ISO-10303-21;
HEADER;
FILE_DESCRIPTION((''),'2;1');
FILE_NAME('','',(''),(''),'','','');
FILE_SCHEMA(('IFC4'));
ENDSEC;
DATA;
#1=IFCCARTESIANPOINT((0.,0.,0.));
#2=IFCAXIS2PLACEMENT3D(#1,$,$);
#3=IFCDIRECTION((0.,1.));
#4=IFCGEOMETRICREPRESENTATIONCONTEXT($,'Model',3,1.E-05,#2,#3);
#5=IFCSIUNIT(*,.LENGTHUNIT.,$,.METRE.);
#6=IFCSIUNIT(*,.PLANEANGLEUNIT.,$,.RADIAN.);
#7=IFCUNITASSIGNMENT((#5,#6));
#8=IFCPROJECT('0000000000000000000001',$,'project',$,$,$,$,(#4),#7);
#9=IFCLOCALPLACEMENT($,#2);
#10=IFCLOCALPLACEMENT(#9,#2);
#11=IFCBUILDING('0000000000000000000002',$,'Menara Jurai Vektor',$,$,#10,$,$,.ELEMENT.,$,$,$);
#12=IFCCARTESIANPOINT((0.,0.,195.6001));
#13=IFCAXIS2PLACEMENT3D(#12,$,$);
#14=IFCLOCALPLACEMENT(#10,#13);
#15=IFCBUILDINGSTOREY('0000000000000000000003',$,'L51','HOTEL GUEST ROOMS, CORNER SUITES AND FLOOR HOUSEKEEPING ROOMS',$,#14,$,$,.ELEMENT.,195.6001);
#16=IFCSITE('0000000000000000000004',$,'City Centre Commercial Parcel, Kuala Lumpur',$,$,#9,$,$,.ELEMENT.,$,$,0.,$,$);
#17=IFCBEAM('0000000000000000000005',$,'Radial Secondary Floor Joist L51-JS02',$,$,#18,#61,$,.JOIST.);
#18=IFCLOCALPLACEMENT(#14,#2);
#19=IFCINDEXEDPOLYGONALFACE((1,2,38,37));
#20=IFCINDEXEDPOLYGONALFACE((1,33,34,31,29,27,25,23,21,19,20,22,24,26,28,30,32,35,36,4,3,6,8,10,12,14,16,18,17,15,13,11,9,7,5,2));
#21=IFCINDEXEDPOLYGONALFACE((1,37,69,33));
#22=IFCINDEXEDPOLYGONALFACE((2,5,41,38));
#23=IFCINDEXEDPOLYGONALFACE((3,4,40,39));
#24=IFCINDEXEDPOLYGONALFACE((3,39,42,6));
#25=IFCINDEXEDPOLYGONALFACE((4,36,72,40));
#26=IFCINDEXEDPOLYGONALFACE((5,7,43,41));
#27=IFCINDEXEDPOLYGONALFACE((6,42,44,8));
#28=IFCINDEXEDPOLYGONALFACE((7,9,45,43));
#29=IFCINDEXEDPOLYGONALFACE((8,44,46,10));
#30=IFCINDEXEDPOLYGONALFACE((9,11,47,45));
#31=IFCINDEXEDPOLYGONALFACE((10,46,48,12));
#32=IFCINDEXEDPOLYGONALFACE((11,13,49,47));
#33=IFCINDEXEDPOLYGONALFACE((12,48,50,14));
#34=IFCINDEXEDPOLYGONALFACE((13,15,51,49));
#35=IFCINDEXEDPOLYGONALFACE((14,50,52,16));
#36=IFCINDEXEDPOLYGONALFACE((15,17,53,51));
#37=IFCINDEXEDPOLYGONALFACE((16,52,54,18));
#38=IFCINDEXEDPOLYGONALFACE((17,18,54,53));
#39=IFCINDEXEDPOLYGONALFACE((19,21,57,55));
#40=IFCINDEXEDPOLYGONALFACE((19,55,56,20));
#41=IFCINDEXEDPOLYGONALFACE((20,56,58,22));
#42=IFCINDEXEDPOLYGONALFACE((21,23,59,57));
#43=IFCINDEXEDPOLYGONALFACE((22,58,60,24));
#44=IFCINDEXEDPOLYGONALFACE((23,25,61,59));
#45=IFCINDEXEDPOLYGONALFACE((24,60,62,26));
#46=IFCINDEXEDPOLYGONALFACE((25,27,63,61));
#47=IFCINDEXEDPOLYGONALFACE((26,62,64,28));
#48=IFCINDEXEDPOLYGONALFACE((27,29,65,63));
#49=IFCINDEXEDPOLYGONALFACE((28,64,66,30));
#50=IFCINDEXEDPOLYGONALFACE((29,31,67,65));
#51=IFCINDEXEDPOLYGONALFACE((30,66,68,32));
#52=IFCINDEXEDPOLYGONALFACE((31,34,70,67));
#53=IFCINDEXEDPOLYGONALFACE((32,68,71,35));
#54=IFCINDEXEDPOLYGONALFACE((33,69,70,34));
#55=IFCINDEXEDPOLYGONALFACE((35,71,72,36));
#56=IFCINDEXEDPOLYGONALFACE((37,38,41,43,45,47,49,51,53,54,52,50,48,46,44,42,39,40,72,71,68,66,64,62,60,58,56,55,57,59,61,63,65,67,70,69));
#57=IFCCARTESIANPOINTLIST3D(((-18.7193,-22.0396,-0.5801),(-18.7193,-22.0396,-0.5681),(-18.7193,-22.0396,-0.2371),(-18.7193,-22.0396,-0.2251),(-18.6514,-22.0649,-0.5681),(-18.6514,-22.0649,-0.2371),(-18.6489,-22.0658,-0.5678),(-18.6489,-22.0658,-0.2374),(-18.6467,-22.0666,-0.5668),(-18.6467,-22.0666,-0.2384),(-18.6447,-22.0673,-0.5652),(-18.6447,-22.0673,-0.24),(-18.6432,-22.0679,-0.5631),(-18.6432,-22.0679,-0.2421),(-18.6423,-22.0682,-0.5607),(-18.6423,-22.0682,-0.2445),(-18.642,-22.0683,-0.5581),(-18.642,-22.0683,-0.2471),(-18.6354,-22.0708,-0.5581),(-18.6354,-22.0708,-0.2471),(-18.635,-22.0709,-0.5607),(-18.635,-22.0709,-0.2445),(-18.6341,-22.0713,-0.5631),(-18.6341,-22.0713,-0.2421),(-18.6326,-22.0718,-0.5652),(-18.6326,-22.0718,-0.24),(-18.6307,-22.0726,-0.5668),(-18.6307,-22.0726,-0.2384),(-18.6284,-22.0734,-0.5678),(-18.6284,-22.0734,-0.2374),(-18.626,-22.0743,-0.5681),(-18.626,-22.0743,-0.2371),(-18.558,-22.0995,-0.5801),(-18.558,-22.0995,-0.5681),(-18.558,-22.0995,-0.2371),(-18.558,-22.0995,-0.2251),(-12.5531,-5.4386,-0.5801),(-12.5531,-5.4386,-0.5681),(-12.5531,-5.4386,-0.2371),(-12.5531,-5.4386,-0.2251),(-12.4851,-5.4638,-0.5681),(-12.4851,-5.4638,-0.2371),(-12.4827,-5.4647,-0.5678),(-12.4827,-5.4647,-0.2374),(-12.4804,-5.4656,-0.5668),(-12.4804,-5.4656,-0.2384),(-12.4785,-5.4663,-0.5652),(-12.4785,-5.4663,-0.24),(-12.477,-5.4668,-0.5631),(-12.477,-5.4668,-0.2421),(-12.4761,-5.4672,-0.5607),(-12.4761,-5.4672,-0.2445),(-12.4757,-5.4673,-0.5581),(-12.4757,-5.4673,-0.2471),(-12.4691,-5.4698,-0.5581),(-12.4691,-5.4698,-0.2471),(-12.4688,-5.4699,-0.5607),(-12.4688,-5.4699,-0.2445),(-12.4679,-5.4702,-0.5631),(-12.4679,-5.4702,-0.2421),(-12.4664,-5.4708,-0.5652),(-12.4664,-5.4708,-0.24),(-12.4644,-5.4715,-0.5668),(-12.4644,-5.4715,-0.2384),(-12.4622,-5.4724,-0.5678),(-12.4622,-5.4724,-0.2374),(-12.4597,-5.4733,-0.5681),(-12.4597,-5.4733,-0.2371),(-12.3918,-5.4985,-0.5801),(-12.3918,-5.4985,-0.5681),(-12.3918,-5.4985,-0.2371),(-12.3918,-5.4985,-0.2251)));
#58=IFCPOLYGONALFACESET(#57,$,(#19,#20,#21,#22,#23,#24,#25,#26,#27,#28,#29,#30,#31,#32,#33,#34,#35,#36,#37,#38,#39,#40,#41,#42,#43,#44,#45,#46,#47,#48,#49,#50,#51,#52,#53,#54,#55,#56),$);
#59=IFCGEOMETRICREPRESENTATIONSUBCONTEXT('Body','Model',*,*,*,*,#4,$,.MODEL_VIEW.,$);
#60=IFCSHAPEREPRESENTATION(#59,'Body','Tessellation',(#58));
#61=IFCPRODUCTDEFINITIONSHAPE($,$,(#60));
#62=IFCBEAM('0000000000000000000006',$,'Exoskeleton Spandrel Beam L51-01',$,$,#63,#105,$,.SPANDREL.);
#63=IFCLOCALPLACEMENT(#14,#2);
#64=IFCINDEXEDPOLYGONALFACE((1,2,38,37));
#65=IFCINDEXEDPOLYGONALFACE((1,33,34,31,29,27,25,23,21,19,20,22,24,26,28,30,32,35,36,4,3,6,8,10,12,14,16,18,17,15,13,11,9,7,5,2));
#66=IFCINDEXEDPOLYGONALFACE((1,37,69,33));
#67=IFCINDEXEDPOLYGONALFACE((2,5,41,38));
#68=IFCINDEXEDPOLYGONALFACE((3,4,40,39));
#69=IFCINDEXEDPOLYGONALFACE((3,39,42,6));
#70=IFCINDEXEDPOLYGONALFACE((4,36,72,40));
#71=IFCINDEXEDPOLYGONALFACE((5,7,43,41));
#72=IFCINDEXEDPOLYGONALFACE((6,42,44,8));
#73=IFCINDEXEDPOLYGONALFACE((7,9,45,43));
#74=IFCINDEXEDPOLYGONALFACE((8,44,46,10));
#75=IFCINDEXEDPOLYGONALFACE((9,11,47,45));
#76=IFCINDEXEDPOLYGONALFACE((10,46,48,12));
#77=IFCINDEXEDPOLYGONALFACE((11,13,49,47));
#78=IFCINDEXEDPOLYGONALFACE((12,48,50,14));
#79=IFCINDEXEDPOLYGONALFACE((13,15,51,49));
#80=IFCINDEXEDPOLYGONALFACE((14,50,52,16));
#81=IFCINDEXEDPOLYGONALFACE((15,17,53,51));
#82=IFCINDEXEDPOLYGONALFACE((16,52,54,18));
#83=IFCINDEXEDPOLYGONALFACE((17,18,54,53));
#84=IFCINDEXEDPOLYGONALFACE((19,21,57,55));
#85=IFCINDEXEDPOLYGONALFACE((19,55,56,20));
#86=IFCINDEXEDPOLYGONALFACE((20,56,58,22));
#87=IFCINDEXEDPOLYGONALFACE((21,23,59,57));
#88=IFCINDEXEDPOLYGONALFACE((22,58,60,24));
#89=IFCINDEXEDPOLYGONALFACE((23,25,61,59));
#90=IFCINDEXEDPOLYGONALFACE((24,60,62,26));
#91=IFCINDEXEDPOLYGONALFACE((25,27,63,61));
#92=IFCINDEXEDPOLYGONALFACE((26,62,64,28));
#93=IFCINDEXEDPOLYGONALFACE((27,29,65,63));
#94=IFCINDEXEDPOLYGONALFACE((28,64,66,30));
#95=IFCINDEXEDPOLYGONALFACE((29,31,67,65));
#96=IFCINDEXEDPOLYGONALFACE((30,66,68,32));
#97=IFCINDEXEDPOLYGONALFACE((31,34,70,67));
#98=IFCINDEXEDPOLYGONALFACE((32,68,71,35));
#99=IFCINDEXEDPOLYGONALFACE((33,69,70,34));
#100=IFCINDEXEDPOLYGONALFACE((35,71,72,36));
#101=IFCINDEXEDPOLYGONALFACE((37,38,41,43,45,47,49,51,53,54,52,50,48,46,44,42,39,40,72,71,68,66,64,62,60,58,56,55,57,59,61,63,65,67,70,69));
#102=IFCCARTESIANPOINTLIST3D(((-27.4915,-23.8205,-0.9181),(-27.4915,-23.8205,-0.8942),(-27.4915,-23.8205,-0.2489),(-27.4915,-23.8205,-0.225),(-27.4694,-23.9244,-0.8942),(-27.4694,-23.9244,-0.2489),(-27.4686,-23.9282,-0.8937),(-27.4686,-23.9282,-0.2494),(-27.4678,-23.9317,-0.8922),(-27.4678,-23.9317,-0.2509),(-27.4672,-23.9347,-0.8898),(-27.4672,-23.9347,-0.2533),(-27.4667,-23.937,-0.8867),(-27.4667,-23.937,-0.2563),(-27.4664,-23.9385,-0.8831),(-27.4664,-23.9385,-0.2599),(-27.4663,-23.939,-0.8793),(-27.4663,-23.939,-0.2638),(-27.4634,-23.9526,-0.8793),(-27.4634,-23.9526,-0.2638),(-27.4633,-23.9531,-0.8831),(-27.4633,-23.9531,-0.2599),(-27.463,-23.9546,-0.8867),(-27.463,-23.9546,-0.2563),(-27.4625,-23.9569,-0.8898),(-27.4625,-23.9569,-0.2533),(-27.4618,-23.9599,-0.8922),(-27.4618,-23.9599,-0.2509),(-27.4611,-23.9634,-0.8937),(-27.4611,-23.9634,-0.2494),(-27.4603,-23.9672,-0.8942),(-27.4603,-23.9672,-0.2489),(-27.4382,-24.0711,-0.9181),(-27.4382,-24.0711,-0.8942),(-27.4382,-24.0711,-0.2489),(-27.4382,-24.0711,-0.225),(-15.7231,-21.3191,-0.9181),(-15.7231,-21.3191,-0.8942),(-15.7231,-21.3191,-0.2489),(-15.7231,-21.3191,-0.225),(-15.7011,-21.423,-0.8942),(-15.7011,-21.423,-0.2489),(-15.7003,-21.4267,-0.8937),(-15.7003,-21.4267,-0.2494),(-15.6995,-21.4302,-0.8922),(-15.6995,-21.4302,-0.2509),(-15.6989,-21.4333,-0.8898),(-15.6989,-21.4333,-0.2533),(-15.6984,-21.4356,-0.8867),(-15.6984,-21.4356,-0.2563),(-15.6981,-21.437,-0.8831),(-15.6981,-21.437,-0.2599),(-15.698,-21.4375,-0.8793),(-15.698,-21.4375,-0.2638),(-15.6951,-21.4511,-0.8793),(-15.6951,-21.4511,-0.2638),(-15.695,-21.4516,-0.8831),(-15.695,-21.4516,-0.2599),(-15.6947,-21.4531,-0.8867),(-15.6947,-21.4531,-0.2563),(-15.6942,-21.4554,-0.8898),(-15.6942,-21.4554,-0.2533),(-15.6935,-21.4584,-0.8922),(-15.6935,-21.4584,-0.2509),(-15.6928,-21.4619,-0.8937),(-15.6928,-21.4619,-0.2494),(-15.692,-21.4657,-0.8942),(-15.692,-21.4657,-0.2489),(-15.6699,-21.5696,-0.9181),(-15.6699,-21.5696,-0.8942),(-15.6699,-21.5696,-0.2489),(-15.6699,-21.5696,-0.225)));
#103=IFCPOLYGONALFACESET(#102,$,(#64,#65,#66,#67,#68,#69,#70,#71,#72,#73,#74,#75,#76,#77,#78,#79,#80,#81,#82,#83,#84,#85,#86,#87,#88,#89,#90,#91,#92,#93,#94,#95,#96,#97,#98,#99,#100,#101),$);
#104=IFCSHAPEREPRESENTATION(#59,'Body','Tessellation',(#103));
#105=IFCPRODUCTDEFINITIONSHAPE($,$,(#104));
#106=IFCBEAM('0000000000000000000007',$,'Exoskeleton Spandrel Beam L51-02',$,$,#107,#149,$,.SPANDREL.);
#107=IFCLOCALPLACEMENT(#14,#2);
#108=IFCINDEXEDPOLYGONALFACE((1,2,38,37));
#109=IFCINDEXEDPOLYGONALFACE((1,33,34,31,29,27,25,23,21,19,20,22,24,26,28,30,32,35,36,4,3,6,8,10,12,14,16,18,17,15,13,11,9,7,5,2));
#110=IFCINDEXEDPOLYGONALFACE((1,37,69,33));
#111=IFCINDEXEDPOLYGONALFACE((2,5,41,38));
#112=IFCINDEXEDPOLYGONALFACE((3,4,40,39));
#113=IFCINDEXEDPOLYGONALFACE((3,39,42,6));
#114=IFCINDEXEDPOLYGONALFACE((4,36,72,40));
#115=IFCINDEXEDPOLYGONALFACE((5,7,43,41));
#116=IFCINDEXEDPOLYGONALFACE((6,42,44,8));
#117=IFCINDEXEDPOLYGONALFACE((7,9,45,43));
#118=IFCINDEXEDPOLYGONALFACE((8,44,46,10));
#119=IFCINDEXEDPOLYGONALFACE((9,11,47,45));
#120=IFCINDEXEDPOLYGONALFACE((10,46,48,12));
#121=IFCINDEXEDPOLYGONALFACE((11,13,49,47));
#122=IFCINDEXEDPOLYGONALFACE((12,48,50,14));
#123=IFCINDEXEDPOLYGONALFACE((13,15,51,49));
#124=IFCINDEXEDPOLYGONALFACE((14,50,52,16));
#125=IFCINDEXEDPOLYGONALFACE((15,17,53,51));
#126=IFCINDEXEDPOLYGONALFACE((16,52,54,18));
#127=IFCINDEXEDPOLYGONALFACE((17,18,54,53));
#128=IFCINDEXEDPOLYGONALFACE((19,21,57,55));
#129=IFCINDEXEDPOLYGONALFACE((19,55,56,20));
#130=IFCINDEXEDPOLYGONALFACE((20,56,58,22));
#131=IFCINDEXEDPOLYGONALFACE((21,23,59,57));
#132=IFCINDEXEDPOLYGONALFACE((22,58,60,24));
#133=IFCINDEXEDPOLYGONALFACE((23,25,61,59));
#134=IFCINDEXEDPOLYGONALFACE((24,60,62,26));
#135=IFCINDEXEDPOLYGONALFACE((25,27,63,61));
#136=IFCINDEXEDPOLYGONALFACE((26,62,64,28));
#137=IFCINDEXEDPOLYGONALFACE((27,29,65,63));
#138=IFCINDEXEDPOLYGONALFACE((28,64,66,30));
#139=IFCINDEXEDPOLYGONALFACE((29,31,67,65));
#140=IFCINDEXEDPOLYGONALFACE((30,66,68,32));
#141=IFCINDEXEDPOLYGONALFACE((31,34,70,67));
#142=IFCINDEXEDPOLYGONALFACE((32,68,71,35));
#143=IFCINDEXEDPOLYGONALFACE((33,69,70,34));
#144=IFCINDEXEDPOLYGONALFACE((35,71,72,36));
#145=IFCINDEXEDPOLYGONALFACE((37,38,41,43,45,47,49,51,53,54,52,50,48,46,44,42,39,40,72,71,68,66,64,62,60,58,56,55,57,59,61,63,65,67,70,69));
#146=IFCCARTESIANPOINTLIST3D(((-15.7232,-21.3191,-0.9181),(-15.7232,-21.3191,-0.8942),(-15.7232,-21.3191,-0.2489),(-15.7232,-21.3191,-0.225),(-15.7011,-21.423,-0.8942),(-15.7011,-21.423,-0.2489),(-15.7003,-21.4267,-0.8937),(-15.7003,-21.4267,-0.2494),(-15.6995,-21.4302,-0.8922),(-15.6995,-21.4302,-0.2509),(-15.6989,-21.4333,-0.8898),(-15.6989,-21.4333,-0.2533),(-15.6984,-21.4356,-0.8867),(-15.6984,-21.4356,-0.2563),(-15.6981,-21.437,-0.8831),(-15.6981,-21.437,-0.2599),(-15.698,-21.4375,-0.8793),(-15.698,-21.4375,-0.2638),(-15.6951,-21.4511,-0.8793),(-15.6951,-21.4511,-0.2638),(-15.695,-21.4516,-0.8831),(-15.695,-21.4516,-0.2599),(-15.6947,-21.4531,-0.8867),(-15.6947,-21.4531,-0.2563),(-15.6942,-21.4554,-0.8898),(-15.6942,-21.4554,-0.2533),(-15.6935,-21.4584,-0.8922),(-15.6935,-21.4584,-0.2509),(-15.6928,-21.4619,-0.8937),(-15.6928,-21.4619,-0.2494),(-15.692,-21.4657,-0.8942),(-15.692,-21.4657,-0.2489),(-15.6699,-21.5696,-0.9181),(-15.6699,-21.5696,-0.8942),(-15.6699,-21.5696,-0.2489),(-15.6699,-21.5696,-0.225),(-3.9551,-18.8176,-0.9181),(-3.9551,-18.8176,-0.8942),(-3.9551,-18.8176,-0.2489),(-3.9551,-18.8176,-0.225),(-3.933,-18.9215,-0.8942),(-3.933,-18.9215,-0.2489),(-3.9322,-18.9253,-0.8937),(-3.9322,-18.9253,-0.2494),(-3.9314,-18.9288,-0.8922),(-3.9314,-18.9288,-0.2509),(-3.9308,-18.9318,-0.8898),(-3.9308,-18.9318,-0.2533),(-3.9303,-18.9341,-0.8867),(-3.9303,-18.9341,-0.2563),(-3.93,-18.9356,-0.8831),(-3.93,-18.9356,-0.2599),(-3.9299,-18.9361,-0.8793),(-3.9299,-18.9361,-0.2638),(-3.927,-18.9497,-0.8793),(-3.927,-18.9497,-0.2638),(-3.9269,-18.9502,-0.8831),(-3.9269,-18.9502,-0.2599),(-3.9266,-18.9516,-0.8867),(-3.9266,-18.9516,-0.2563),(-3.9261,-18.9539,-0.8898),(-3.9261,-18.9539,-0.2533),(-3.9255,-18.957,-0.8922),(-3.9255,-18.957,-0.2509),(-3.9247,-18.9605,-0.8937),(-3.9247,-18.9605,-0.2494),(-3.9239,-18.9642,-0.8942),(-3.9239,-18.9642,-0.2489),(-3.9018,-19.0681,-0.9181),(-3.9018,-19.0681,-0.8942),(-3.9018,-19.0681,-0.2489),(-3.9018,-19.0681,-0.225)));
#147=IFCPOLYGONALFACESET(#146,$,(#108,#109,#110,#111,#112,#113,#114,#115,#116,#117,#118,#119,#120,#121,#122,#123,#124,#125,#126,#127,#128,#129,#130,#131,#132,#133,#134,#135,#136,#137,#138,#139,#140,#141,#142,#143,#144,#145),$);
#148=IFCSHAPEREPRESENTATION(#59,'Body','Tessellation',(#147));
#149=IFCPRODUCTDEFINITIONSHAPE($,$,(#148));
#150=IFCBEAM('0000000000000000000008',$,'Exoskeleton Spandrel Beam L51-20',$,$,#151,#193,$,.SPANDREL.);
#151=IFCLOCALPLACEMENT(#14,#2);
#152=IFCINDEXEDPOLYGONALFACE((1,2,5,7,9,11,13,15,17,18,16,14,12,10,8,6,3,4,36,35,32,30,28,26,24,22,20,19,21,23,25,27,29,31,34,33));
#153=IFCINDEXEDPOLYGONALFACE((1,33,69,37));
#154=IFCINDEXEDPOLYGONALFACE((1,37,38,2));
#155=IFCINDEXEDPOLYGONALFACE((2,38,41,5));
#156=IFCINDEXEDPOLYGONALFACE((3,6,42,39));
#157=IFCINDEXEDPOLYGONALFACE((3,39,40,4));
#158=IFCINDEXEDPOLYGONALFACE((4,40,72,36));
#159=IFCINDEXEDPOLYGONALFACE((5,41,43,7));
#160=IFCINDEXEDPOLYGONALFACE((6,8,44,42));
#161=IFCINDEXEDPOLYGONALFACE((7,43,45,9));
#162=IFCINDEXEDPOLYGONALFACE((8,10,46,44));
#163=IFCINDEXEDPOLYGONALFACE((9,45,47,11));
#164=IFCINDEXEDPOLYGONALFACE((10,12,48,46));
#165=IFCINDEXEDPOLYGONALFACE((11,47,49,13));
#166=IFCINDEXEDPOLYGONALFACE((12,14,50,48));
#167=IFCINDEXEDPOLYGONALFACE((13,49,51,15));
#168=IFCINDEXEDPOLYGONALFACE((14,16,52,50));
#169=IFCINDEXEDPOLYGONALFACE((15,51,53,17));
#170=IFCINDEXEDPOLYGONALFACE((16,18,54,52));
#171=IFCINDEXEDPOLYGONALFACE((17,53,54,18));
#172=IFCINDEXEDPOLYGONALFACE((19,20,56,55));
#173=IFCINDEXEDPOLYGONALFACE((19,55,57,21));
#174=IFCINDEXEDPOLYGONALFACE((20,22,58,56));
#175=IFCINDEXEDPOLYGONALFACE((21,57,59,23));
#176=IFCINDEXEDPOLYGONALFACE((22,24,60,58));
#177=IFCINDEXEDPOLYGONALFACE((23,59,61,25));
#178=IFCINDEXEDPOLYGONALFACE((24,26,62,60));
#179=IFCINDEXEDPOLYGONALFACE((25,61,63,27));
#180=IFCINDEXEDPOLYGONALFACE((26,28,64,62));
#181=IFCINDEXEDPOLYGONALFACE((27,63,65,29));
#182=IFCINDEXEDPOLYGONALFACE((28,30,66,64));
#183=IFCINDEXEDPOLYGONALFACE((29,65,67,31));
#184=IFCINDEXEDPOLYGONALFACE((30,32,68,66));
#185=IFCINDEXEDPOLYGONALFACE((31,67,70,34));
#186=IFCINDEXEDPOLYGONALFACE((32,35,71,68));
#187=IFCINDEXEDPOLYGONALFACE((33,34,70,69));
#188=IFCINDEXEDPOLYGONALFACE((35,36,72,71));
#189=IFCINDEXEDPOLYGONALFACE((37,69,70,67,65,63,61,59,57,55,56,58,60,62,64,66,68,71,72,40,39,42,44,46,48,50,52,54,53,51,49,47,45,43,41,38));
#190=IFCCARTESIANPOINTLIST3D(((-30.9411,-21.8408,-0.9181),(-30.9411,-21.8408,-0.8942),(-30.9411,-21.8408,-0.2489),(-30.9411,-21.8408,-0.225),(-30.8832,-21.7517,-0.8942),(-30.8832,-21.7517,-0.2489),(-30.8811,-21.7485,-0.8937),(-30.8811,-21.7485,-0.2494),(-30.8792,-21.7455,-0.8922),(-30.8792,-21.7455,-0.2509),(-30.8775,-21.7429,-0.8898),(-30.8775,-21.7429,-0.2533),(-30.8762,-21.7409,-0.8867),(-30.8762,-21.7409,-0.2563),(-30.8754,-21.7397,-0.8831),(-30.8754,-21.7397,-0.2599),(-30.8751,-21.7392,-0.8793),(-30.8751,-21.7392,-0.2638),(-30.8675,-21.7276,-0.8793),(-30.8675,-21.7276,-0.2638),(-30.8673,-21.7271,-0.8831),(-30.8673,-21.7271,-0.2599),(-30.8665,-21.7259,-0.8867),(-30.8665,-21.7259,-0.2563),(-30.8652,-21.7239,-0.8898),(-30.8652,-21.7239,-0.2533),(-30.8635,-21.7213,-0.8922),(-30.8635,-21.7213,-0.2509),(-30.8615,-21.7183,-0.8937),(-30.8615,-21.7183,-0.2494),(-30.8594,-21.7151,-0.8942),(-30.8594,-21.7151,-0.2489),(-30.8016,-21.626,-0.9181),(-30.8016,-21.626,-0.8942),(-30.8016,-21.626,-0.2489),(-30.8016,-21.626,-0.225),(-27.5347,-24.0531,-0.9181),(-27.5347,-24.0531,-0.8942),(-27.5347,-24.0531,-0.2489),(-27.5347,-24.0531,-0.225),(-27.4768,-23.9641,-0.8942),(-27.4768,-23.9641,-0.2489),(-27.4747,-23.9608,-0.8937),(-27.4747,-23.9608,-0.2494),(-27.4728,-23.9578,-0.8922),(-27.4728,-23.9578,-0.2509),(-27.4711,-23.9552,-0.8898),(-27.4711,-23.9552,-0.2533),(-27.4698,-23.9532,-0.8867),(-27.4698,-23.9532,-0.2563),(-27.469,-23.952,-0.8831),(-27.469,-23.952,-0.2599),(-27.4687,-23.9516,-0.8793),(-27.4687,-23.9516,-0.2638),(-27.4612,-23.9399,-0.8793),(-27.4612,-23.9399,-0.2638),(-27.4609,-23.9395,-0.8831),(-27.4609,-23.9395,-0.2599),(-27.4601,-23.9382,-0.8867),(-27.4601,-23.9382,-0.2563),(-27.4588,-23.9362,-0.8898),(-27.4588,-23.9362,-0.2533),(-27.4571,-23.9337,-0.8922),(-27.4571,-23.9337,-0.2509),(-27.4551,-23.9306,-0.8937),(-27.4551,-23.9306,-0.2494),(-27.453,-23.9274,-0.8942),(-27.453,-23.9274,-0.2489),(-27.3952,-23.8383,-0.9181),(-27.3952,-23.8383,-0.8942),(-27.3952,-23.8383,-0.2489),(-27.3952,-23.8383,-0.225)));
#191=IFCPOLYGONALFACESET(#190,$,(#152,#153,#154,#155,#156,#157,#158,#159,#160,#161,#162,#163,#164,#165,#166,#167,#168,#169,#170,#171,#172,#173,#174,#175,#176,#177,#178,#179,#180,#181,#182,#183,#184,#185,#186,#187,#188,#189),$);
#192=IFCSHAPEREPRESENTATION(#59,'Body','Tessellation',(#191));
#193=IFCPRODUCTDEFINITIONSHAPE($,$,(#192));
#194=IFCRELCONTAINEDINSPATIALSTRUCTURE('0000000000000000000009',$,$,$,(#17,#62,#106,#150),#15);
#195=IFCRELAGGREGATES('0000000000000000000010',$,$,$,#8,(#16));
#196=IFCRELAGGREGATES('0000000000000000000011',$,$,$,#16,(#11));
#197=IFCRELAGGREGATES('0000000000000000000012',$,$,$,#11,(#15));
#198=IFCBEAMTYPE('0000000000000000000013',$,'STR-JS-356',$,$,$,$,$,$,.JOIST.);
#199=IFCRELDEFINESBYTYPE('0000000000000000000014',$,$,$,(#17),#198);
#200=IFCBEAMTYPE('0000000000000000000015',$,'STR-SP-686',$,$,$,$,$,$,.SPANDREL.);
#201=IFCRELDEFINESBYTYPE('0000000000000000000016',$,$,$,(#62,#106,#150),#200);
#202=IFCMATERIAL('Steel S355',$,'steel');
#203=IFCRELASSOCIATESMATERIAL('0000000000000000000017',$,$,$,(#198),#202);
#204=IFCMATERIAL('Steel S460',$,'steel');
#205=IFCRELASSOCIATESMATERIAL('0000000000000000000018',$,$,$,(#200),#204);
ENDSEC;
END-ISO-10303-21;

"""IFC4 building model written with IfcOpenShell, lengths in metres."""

from ifc_helpers import new_model, si_unit, direction, frame, origin, origin_2d, place, context, subcontext, project, spatial, i_section, extrude, material, material_profile, profile_set, type_object, element, save


model = new_model("IFC4")

# Units and contexts
model_context = context("Model", 3, precision=1e-05, world=origin(), true_north=direction((0.0, 1.0)))
body_context = subcontext(model_context, "Body", "Model", "MODEL_VIEW")
ifc_project = project(units=[si_unit("LENGTHUNIT", "METRE"), si_unit("PLANEANGLEUNIT", "RADIAN")], contexts=[model_context])

# Site, building, storey
site_placement = place(None, origin())
site = spatial("IfcSite", under=ifc_project, at=site_placement, Name="City Centre Commercial Parcel, Kuala Lumpur", CompositionType="ELEMENT", RefElevation=0.0)
building_placement = place(site_placement, origin())
building = spatial("IfcBuilding", under=site, at=building_placement, Name="Menara Jurai Vektor", CompositionType="ELEMENT")
storey_placement = place(building_placement, frame((0.0, 0.0, 195.6001)))
storey = spatial("IfcBuildingStorey", under=building, at=storey_placement, Name="L51", Description="HOTEL GUEST ROOMS, CORNER SUITES AND FLOOR HOUSEKEEPING ROOMS", CompositionType="ELEMENT", Elevation=195.6001)

# Shared definitions
ifc_material_1 = material(Name="Steel S460", Category="steel")

# Shared definitions
ifc_material_2 = material(Name="Steel S355", Category="steel")

# Beams
ifc_material_profile_1 = material_profile(ifc_material_2, i_section(OverallWidth=0.1721, OverallDepth=0.355, WebThickness=0.0071, FlangeThickness=0.012, FilletRadius=0.01, at=origin_2d()), Name="UKB 356x171x51")
ifc_profile_set_1 = profile_set([ifc_material_profile_1], Name="Steel S355")
beam_type_1 = type_object("IfcBeamType", Name="STR-JS-356", PredefinedType="JOIST", material=ifc_profile_set_1)
beam_1_placement = place(storey_placement, frame((-18.6387, -22.0696, -0.4026), z_axis=(0.348194, 0.937423, 0.0), x_axis=(-0.937423, 0.348194, 0.0)))
element("IfcBeam", 1, at=beam_1_placement, inside=storey, type_object=beam_type_1, Name="Radial Secondary Floor Joist L51-JS02", PredefinedType="JOIST", context=body_context, shape_type="SweptSolid", body=[
    extrude(i_section(OverallWidth=0.1721, OverallDepth=0.355, WebThickness=0.0071, FlangeThickness=0.012, FilletRadius=0.01, at=origin_2d()), origin(), (0.0, 0.0, 1.0), 17.7092),
])
ifc_material_profile_2 = material_profile(ifc_material_1, i_section(OverallWidth=0.2561, OverallDepth=0.6931, WebThickness=0.0139, FlangeThickness=0.0239, FilletRadius=0.0149, at=origin_2d()), Name="UKB 686x254x170")
ifc_profile_set_2 = profile_set([ifc_material_profile_2], Name="Steel S460")
beam_type_2 = type_object("IfcBeamType", Name="STR-SP-686", PredefinedType="SPANDREL", material=ifc_profile_set_2)
beam_2_placement = place(storey_placement, frame((-27.4648, -23.9458, -0.5715), z_axis=(0.978147, 0.207914, 0.0), x_axis=(-0.207914, 0.978147, 0.0)))
element("IfcBeam", 2, at=beam_2_placement, inside=storey, type_object=beam_type_2, Name="Exoskeleton Spandrel Beam L51-01", PredefinedType="SPANDREL", context=body_context, shape_type="SweptSolid", body=[
    extrude(i_section(OverallWidth=0.2561, OverallDepth=0.6931, WebThickness=0.0139, FlangeThickness=0.0239, FilletRadius=0.0149, at=origin_2d()), origin(), (0.0, 0.0, 1.0), 12.0312),
])
beam_3_placement = place(storey_placement, frame((-15.6965, -21.4443, -0.5715), z_axis=(0.978146, 0.207918, 0.0), x_axis=(-0.207918, 0.978146, 0.0)))
element("IfcBeam", 3, at=beam_3_placement, inside=storey, type_object=beam_type_2, Name="Exoskeleton Spandrel Beam L51-02", PredefinedType="SPANDREL", context=body_context, shape_type="SweptSolid", body=[
    extrude(i_section(OverallWidth=0.2561, OverallDepth=0.6931, WebThickness=0.0139, FlangeThickness=0.0239, FilletRadius=0.0149, at=origin_2d()), origin(), (0.0, 0.0, 1.0), 12.031),
])
beam_4_placement = place(storey_placement, frame((-30.8713, -21.7334, -0.5715), z_axis=(0.838648, -0.544674, 0.0), x_axis=(0.544674, 0.838648, 0.0)))
element("IfcBeam", 4, at=beam_4_placement, inside=storey, type_object=beam_type_2, Name="Exoskeleton Spandrel Beam L51-20", PredefinedType="SPANDREL", context=body_context, shape_type="SweptSolid", body=[
    extrude(i_section(OverallWidth=0.2561, OverallDepth=0.6931, WebThickness=0.0139, FlangeThickness=0.0239, FilletRadius=0.0149, at=origin_2d()), origin(), (0.0, 0.0, 1.0), 4.0618),
])

save(model, "model.ifc")
